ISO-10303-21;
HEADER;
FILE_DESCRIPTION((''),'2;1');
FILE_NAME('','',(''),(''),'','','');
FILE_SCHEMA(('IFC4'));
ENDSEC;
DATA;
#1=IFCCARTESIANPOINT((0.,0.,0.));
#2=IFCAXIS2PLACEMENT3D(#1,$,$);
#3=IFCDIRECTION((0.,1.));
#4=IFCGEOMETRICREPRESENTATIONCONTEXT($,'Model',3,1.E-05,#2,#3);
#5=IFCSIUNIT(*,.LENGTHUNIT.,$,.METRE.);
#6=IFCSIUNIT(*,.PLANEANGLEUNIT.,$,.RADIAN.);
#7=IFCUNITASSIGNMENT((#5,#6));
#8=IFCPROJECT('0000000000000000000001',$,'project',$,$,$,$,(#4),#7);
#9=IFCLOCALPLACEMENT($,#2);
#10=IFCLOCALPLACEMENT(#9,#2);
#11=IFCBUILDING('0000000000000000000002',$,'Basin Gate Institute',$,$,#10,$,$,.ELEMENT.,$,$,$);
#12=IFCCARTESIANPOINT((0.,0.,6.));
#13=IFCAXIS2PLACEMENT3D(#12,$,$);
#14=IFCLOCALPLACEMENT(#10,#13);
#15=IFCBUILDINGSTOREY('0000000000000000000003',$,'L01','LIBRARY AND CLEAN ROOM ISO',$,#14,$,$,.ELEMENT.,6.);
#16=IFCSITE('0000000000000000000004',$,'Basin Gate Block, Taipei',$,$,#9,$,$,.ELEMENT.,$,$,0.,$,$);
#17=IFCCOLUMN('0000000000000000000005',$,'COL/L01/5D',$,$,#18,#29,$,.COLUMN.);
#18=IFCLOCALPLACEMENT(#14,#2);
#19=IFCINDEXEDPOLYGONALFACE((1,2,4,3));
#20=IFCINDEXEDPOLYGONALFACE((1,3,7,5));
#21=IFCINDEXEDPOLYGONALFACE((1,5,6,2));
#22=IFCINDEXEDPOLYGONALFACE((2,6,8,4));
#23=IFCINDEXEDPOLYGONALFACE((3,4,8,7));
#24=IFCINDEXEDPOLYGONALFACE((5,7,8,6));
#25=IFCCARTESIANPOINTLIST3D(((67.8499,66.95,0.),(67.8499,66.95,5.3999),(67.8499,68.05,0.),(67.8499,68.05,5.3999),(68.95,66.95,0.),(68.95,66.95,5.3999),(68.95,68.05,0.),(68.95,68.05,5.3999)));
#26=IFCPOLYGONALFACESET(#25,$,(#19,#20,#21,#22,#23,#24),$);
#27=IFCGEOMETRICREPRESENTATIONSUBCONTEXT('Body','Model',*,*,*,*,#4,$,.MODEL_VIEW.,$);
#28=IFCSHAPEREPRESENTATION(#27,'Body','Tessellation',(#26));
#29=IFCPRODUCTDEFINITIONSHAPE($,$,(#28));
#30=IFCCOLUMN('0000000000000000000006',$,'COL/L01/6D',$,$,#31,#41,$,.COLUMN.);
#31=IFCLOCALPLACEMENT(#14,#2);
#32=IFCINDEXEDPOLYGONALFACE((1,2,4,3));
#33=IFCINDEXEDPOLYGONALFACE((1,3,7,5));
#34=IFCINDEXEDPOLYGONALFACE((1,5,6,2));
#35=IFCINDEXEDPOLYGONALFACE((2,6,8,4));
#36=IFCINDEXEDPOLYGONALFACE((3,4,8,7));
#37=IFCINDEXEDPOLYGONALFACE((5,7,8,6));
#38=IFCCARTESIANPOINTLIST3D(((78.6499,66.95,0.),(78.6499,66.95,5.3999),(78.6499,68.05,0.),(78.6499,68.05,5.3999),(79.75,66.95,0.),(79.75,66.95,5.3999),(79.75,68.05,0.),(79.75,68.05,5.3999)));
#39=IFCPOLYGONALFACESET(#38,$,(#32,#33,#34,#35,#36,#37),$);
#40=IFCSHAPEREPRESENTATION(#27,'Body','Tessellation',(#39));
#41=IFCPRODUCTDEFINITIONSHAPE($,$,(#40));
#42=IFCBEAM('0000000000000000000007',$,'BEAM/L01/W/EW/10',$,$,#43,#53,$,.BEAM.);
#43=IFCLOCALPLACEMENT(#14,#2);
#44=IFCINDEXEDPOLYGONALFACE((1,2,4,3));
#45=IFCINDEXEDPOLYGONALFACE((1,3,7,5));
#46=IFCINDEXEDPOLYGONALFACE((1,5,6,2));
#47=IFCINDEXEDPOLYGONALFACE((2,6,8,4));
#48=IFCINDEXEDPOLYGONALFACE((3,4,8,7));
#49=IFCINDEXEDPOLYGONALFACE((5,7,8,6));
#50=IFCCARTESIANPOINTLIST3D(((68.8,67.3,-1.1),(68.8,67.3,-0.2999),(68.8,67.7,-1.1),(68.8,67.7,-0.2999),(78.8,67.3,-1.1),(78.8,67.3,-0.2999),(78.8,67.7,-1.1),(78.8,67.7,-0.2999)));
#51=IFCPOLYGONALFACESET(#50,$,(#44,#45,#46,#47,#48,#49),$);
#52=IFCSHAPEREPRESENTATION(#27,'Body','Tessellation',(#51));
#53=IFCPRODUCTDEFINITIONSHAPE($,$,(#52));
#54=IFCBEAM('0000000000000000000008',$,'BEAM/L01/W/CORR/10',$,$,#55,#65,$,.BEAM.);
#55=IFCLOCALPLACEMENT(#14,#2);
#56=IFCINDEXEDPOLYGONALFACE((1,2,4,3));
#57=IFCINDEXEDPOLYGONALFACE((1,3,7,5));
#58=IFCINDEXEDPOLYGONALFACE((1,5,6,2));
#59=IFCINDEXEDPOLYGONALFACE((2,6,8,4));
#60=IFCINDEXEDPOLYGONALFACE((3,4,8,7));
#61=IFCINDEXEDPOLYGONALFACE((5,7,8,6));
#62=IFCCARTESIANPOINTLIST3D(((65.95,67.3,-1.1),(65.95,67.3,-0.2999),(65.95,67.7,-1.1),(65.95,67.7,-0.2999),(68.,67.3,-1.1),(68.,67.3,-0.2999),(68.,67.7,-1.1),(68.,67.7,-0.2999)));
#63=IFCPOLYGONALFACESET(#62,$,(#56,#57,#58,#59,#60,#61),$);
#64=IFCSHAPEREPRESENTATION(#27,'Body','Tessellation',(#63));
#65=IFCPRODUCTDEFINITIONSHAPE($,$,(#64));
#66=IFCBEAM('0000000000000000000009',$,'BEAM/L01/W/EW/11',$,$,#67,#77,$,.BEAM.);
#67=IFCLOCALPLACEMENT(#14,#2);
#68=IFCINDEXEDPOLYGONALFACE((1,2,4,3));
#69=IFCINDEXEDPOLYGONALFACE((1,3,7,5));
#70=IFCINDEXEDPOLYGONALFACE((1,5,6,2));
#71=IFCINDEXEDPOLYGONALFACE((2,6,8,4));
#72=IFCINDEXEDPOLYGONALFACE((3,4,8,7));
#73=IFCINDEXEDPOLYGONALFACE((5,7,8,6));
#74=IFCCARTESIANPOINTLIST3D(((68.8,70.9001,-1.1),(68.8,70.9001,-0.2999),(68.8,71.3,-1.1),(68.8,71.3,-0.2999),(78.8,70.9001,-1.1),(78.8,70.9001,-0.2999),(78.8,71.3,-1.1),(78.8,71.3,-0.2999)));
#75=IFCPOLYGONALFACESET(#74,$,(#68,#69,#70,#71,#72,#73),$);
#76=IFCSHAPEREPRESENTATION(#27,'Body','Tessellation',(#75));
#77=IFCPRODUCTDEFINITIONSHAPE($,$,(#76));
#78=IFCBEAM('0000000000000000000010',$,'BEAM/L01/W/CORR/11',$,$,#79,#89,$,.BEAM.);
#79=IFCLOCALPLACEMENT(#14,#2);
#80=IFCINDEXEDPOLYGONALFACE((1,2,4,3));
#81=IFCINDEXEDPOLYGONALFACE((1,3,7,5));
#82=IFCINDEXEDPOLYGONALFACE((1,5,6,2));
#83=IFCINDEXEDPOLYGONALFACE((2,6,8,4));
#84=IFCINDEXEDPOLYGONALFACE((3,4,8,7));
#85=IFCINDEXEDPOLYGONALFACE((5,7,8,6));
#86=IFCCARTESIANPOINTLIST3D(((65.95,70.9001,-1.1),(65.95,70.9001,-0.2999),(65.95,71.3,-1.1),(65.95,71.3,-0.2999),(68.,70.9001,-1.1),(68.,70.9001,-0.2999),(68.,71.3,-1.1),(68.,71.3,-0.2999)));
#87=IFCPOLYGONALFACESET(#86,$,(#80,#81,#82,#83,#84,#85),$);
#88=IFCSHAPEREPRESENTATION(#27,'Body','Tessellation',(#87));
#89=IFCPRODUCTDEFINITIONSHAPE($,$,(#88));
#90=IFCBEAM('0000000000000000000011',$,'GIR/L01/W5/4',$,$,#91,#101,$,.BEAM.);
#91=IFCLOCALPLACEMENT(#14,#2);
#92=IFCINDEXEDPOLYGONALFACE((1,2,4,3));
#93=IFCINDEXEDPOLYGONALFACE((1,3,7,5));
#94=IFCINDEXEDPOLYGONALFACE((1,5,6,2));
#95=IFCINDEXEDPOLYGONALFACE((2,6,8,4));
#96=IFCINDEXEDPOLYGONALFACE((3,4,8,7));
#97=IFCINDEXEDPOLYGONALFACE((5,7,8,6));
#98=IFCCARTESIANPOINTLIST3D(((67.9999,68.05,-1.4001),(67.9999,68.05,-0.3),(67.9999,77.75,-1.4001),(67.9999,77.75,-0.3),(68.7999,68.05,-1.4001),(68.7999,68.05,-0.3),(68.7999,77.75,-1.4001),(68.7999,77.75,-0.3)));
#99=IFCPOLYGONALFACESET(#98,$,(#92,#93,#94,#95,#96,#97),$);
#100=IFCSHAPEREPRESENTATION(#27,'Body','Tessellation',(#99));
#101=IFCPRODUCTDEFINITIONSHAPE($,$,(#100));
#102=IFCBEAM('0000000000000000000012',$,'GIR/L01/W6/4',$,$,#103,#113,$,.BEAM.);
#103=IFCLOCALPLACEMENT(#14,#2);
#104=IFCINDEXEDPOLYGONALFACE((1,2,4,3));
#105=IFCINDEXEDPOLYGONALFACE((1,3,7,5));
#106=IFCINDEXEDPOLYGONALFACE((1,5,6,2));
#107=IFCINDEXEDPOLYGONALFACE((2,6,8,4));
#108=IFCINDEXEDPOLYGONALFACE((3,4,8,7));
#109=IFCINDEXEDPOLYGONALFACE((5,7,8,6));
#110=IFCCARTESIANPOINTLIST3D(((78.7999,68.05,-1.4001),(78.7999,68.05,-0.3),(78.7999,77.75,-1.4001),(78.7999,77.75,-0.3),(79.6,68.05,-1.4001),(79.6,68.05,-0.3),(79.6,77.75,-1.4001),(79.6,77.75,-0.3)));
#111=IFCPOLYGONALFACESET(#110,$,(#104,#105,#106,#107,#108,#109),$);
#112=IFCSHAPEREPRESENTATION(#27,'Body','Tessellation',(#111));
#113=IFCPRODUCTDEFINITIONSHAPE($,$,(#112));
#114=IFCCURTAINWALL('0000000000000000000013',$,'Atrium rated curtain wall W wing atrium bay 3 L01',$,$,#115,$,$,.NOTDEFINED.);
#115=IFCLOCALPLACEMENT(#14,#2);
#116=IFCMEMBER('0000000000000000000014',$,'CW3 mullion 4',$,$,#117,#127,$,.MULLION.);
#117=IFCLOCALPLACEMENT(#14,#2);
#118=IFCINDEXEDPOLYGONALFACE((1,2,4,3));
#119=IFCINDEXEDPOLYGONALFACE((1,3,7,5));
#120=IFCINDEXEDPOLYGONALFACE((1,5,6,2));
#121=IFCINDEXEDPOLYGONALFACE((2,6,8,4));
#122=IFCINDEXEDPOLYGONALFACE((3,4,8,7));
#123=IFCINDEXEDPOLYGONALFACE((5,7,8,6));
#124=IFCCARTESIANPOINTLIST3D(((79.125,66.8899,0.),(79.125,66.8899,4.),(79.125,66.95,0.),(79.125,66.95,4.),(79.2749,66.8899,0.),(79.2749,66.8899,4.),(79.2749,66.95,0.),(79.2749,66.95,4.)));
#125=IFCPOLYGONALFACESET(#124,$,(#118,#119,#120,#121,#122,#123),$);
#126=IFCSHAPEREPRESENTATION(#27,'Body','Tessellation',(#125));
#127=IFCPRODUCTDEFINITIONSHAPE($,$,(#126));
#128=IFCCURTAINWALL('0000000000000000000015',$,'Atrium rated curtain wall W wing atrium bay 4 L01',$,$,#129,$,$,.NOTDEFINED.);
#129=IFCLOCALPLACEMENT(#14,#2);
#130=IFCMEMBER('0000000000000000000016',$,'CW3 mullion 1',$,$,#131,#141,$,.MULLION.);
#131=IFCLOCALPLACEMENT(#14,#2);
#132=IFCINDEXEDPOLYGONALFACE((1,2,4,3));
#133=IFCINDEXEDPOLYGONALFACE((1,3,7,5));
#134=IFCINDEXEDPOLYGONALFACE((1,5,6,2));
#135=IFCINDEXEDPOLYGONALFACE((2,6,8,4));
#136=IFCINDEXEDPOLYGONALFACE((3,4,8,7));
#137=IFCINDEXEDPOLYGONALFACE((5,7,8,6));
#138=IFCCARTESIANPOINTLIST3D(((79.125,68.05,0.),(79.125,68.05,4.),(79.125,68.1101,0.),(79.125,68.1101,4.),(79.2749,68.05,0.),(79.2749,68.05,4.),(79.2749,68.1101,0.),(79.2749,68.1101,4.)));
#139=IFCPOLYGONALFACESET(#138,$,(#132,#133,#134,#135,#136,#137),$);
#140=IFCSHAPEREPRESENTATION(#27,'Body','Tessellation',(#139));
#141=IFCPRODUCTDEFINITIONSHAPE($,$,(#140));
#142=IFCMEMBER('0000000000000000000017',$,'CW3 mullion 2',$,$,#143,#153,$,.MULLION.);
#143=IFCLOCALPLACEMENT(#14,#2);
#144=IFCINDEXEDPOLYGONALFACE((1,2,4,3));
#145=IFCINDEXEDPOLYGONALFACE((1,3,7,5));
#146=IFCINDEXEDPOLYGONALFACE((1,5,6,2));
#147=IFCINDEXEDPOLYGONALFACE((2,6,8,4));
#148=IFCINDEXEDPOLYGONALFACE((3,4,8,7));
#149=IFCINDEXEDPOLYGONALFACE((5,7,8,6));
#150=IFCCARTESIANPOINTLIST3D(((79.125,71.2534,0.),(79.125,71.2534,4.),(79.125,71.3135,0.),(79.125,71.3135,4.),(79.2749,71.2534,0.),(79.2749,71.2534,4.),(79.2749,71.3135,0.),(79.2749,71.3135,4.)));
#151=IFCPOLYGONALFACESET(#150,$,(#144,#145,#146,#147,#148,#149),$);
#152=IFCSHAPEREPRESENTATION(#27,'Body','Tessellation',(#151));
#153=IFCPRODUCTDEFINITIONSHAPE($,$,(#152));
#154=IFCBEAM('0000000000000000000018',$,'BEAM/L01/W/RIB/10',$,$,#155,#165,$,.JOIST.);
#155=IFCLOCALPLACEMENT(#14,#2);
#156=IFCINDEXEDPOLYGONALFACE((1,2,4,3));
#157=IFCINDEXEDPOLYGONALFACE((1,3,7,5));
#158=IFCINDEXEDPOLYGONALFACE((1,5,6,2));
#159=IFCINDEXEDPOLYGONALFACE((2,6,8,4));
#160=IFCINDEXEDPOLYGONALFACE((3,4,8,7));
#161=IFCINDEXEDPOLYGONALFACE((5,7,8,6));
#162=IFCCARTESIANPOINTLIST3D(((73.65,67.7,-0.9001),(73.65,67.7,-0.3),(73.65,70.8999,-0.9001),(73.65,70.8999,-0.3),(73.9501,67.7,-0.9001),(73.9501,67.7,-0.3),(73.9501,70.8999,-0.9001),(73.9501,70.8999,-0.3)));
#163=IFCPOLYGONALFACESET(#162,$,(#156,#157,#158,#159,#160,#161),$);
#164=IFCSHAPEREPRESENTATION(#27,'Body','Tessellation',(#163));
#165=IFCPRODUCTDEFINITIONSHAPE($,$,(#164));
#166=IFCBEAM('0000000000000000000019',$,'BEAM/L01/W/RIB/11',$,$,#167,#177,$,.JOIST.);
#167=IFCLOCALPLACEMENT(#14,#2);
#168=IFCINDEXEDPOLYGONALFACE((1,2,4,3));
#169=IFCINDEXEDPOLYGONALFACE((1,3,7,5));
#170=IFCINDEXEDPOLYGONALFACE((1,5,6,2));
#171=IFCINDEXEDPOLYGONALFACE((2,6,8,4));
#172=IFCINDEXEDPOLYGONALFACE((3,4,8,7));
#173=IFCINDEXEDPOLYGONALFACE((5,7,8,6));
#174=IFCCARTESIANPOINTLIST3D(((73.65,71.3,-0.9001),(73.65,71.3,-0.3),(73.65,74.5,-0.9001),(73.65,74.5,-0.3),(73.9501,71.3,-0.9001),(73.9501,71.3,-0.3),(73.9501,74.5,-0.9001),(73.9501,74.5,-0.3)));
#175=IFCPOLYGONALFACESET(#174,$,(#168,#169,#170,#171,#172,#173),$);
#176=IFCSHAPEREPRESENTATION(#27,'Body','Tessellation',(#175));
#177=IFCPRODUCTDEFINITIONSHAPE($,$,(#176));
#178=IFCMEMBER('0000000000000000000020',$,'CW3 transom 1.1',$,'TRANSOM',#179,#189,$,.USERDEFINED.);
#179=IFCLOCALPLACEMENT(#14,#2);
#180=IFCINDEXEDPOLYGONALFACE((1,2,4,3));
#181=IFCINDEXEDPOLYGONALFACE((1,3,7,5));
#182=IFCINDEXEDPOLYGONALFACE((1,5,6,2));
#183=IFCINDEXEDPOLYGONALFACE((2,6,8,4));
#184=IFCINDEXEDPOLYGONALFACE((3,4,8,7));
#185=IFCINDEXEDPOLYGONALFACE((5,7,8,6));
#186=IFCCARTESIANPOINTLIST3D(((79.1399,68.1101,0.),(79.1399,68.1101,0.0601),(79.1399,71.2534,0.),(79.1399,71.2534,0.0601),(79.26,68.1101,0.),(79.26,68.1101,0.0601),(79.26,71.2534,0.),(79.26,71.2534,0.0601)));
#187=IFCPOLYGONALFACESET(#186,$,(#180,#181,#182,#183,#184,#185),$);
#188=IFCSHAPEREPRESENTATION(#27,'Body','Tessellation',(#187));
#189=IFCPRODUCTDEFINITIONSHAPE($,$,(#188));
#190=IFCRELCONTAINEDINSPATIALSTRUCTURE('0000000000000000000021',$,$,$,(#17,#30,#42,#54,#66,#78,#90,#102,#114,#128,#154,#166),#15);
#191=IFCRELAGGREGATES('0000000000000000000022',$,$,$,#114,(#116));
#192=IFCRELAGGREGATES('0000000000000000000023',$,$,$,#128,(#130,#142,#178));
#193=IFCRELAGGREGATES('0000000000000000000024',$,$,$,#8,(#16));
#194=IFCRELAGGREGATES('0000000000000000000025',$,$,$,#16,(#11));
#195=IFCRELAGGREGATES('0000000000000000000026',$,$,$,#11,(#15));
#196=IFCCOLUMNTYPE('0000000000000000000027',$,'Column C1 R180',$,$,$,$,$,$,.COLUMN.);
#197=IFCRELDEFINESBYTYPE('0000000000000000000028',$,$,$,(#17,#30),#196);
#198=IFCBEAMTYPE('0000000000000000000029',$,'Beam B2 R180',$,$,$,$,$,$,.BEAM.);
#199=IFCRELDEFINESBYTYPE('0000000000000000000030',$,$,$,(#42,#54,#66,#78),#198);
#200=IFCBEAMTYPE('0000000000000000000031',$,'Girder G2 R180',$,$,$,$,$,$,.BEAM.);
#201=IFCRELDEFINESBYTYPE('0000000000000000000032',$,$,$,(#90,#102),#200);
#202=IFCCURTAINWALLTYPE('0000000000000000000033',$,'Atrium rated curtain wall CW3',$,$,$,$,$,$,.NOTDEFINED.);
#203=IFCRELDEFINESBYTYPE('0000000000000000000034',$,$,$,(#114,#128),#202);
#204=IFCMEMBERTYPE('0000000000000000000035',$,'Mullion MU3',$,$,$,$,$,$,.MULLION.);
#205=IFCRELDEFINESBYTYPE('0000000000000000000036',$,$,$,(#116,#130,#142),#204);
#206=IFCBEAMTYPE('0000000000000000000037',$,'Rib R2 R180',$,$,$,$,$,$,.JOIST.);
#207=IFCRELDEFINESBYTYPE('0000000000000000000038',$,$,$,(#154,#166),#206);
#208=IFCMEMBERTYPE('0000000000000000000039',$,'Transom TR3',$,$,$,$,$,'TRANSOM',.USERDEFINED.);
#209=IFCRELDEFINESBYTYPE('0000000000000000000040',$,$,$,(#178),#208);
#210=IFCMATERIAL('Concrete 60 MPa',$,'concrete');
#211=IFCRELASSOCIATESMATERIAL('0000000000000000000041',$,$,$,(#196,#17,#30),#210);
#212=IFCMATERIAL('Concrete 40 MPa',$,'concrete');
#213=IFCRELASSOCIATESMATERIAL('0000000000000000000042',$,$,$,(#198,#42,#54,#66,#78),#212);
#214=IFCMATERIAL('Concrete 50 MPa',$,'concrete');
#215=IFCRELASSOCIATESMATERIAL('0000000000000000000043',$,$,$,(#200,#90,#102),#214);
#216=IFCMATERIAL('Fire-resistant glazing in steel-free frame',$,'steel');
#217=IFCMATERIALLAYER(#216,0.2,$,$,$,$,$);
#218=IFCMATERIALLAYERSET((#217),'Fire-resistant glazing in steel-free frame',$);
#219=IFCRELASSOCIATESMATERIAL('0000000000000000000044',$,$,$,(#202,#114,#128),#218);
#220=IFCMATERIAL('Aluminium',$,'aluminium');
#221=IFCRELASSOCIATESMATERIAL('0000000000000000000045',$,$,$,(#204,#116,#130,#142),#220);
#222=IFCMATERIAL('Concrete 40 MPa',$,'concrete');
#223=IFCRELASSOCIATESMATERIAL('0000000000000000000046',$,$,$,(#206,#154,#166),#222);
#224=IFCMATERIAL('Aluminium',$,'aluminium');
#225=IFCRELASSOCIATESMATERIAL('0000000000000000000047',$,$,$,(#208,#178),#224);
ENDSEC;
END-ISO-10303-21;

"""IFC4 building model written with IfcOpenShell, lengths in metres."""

from ifc_helpers import new_model, si_unit, direction, frame, origin, origin_2d, place, context, subcontext, project, spatial, rectangle, extrude, material, layer, layer_set, material_profile, profile_set, type_object, element, aggregate, save


model = new_model("IFC4")

# Units and contexts
model_context = context("Model", 3, precision=1e-05, world=origin(), true_north=direction((0.0, 1.0)))
body_context = subcontext(model_context, "Body", "Model", "MODEL_VIEW")
ifc_project = project(units=[si_unit("LENGTHUNIT", "METRE"), si_unit("PLANEANGLEUNIT", "RADIAN")], contexts=[model_context])

# Site, building, storey
site_placement = place(None, origin())
site = spatial("IfcSite", under=ifc_project, at=site_placement, Name="Basin Gate Block, Taipei", CompositionType="ELEMENT", RefElevation=0.0)
building_placement = place(site_placement, origin())
building = spatial("IfcBuilding", under=site, at=building_placement, Name="Basin Gate Institute", CompositionType="ELEMENT")
storey_placement = place(building_placement, frame((0.0, 0.0, 6.0)))
storey = spatial("IfcBuildingStorey", under=building, at=storey_placement, Name="L01", Description="LIBRARY AND CLEAN ROOM ISO", CompositionType="ELEMENT", Elevation=6.0)

# Columns
ifc_material_1 = material(Name="Concrete 60 MPa", Category="concrete")
ifc_material_profile_1 = material_profile(ifc_material_1, rectangle(XDim=1.1001, YDim=1.1001, at=origin_2d()), Name="Column C1 1100 x 1100")
ifc_profile_set_1 = profile_set([ifc_material_profile_1], Name="Concrete 60 MPa")
column_type = type_object("IfcColumnType", Name="Column C1 R180", PredefinedType="COLUMN", material=ifc_profile_set_1)
for number, where, z_axis, x_axis, name in (
    (1, (68.3999, 67.5, 0.0), (0.0, 0.0, 1.0), (1.0, 0.0, 0.0), "COL/L01/5D"),
    (2, (79.2, 67.5, 0.0), (0.0, 0.0, 1.0), (1.0, 0.0, 0.0), "COL/L01/6D"),
):
    element("IfcColumn", number, at=place(storey_placement, frame(where, z_axis=z_axis, x_axis=x_axis)), inside=storey, type_object=column_type, material=ifc_profile_set_1, Name=name, PredefinedType="COLUMN", context=body_context, shape_type="SweptSolid", body=[
        extrude(rectangle(XDim=1.1001, YDim=1.1001, at=origin_2d()), origin(), (0.0, 0.0, 1.0), 5.3999),
    ])

# Beams
ifc_material_2 = material(Name="Concrete 40 MPa", Category="concrete")
ifc_material_profile_2 = material_profile(ifc_material_2, rectangle(XDim=0.3999, YDim=0.8, at=origin_2d()), Name="Beam B2 400 x 800")
ifc_profile_set_2 = profile_set([ifc_material_profile_2], Name="Concrete 40 MPa")
beam_type_1 = type_object("IfcBeamType", Name="Beam B2 R180", PredefinedType="BEAM", material=ifc_profile_set_2)
beam_1_placement = place(storey_placement, frame((68.8, 67.5, -0.7), z_axis=(1.0, 0.0, 0.0), x_axis=(0.0, 1.0, 0.0)))
element("IfcBeam", 3, at=beam_1_placement, inside=storey, type_object=beam_type_1, material=ifc_profile_set_2, Name="BEAM/L01/W/EW/10", PredefinedType="BEAM", context=body_context, shape_type="SweptSolid", body=[
    extrude(rectangle(XDim=0.3999, YDim=0.8, at=origin_2d()), origin(), (0.0, 0.0, 1.0), 10.0),
])
beam_2_placement = place(storey_placement, frame((65.95, 67.5, -0.7), z_axis=(1.0, 0.0, 0.0), x_axis=(0.0, 1.0, 0.0)))
element("IfcBeam", 4, at=beam_2_placement, inside=storey, type_object=beam_type_1, material=ifc_profile_set_2, Name="BEAM/L01/W/CORR/10", PredefinedType="BEAM", context=body_context, shape_type="SweptSolid", body=[
    extrude(rectangle(XDim=0.3999, YDim=0.8, at=origin_2d()), origin(), (0.0, 0.0, 1.0), 2.05),
])
beam_3_placement = place(storey_placement, frame((68.8, 71.1001, -0.7), z_axis=(1.0, 0.0, 0.0), x_axis=(0.0, 1.0, 0.0)))
element("IfcBeam", 5, at=beam_3_placement, inside=storey, type_object=beam_type_1, material=ifc_profile_set_2, Name="BEAM/L01/W/EW/11", PredefinedType="BEAM", context=body_context, shape_type="SweptSolid", body=[
    extrude(rectangle(XDim=0.3999, YDim=0.8, at=origin_2d()), origin(), (0.0, 0.0, 1.0), 10.0),
])
beam_4_placement = place(storey_placement, frame((65.95, 71.1001, -0.7), z_axis=(1.0, 0.0, 0.0), x_axis=(0.0, 1.0, 0.0)))
element("IfcBeam", 6, at=beam_4_placement, inside=storey, type_object=beam_type_1, material=ifc_profile_set_2, Name="BEAM/L01/W/CORR/11", PredefinedType="BEAM", context=body_context, shape_type="SweptSolid", body=[
    extrude(rectangle(XDim=0.3999, YDim=0.8, at=origin_2d()), origin(), (0.0, 0.0, 1.0), 2.05),
])
ifc_material_3 = material(Name="Concrete 50 MPa", Category="concrete")
ifc_material_profile_3 = material_profile(ifc_material_3, rectangle(XDim=0.8, YDim=1.1001, at=origin_2d()), Name="Girder G2 800 x 1100")
ifc_profile_set_3 = profile_set([ifc_material_profile_3], Name="Concrete 50 MPa")
beam_type_2 = type_object("IfcBeamType", Name="Girder G2 R180", PredefinedType="BEAM", material=ifc_profile_set_3)
for number, where, z_axis, x_axis, name in (
    (7, (68.3999, 68.05, -0.8501), (0.0, 1.0, 0.0), (-1.0, 0.0, 0.0), "GIR/L01/W5/4"),
    (8, (79.2, 68.05, -0.8501), (0.0, 1.0, 0.0), (-1.0, 0.0, 0.0), "GIR/L01/W6/4"),
):
    element("IfcBeam", number, at=place(storey_placement, frame(where, z_axis=z_axis, x_axis=x_axis)), inside=storey, type_object=beam_type_2, material=ifc_profile_set_3, Name=name, PredefinedType="BEAM", context=body_context, shape_type="SweptSolid", body=[
        extrude(rectangle(XDim=0.8, YDim=1.1001, at=origin_2d()), origin(), (0.0, 0.0, 1.0), 9.7),
    ])

# Curtain wall, member
ifc_material_4 = material(Name="Fire-resistant glazing in steel-free frame", Category="steel")
ifc_layer_1 = layer(ifc_material_4, 0.2)
ifc_layer_set_1 = layer_set([ifc_layer_1], Name="Fire-resistant glazing in steel-free frame")
curtain_wall_type = type_object("IfcCurtainWallType", Name="Atrium rated curtain wall CW3", PredefinedType="NOTDEFINED", material=ifc_layer_set_1)
curtain_wall_1_placement = place(storey_placement, origin())
curtain_wall_1 = element("IfcCurtainWall", 9, at=curtain_wall_1_placement, inside=storey, type_object=curtain_wall_type, material=ifc_layer_set_1, Name="Atrium rated curtain wall W wing atrium bay 3 L01", PredefinedType="NOTDEFINED")
ifc_material_5 = material(Name="Aluminium", Category="aluminium")
ifc_material_profile_4 = material_profile(ifc_material_5, rectangle(XDim=0.1499, YDim=0.0601, at=origin_2d()), Name="Mullion MU3 150 x 60")
ifc_profile_set_4 = profile_set([ifc_material_profile_4], Name="Aluminium")
member_type_1 = type_object("IfcMemberType", Name="Mullion MU3", PredefinedType="MULLION", material=ifc_profile_set_4)
member_1_placement = place(storey_placement, frame((79.2, 66.9199, 0.0), z_axis=(0.0, 0.0, 1.0), x_axis=(-1.0, 0.0, 0.0)))
member_1 = element("IfcMember", 10, at=member_1_placement, type_object=member_type_1, material=ifc_profile_set_4, Name="CW3 mullion 4", PredefinedType="MULLION", context=body_context, shape_type="SweptSolid", body=[
    extrude(rectangle(XDim=0.1499, YDim=0.0601, at=origin_2d()), origin(), (0.0, 0.0, 1.0), 4.0),
])
aggregate(curtain_wall_1, [member_1])

# Curtain wall, members
curtain_wall_2_placement = place(storey_placement, origin())
curtain_wall_2 = element("IfcCurtainWall", 11, at=curtain_wall_2_placement, inside=storey, type_object=curtain_wall_type, material=ifc_layer_set_1, Name="Atrium rated curtain wall W wing atrium bay 4 L01", PredefinedType="NOTDEFINED")
member_2_placement = place(storey_placement, frame((79.2, 68.0801, 0.0), z_axis=(0.0, 0.0, 1.0), x_axis=(-1.0, 0.0, 0.0)))
member_2 = element("IfcMember", 12, at=member_2_placement, type_object=member_type_1, material=ifc_profile_set_4, Name="CW3 mullion 1", PredefinedType="MULLION", context=body_context, shape_type="SweptSolid", body=[
    extrude(rectangle(XDim=0.1499, YDim=0.0601, at=origin_2d()), origin(), (0.0, 0.0, 1.0), 4.0),
])
member_3_placement = place(storey_placement, frame((79.2, 71.2834, 0.0), z_axis=(0.0, 0.0, 1.0), x_axis=(-1.0, 0.0, 0.0)))
member_3 = element("IfcMember", 13, at=member_3_placement, type_object=member_type_1, material=ifc_profile_set_4, Name="CW3 mullion 2", PredefinedType="MULLION", context=body_context, shape_type="SweptSolid", body=[
    extrude(rectangle(XDim=0.1499, YDim=0.0601, at=origin_2d()), origin(), (0.0, 0.0, 1.0), 4.0),
])

# Beams
ifc_material_6 = material(Name="Concrete 40 MPa", Category="concrete")
ifc_material_profile_5 = material_profile(ifc_material_6, rectangle(XDim=0.3, YDim=0.6001, at=origin_2d()), Name="Rib R2 300 x 600")
ifc_profile_set_5 = profile_set([ifc_material_profile_5], Name="Concrete 40 MPa")
beam_type_3 = type_object("IfcBeamType", Name="Rib R2 R180", PredefinedType="JOIST", material=ifc_profile_set_5)
for number, where, z_axis, x_axis, name in (
    (14, (73.8, 67.7, -0.6001), (0.0, 1.0, 0.0), (-1.0, 0.0, 0.0), "BEAM/L01/W/RIB/10"),
    (15, (73.8, 71.3, -0.6001), (0.0, 1.0, 0.0), (-1.0, 0.0, 0.0), "BEAM/L01/W/RIB/11"),
):
    element("IfcBeam", number, at=place(storey_placement, frame(where, z_axis=z_axis, x_axis=x_axis)), inside=storey, type_object=beam_type_3, material=ifc_profile_set_5, Name=name, PredefinedType="JOIST", context=body_context, shape_type="SweptSolid", body=[
        extrude(rectangle(XDim=0.3, YDim=0.6001, at=origin_2d()), origin(), (0.0, 0.0, 1.0), 3.2),
    ])

# Member
ifc_material_7 = material(Name="Aluminium", Category="aluminium")
ifc_material_profile_6 = material_profile(ifc_material_7, rectangle(XDim=0.1201, YDim=0.0601, at=origin_2d()), Name="Transom TR3 120 x 60")
ifc_profile_set_6 = profile_set([ifc_material_profile_6], Name="Aluminium")
member_type_2 = type_object("IfcMemberType", Name="Transom TR3", ElementType="TRANSOM", PredefinedType="USERDEFINED", material=ifc_profile_set_6)
member_4_placement = place(storey_placement, frame((79.2, 68.1101, 0.03), z_axis=(0.0, 1.0, 0.0), x_axis=(-1.0, 0.0, 0.0)))
member_4 = element("IfcMember", 16, at=member_4_placement, type_object=member_type_2, material=ifc_profile_set_6, Name="CW3 transom 1.1", ObjectType="TRANSOM", PredefinedType="USERDEFINED", context=body_context, shape_type="SweptSolid", body=[
    extrude(rectangle(XDim=0.1201, YDim=0.0601, at=origin_2d()), origin(), (0.0, 0.0, 1.0), 3.1433),
])

aggregate(curtain_wall_2, [member_2, member_3, member_4])

save(model, "model.ifc")
